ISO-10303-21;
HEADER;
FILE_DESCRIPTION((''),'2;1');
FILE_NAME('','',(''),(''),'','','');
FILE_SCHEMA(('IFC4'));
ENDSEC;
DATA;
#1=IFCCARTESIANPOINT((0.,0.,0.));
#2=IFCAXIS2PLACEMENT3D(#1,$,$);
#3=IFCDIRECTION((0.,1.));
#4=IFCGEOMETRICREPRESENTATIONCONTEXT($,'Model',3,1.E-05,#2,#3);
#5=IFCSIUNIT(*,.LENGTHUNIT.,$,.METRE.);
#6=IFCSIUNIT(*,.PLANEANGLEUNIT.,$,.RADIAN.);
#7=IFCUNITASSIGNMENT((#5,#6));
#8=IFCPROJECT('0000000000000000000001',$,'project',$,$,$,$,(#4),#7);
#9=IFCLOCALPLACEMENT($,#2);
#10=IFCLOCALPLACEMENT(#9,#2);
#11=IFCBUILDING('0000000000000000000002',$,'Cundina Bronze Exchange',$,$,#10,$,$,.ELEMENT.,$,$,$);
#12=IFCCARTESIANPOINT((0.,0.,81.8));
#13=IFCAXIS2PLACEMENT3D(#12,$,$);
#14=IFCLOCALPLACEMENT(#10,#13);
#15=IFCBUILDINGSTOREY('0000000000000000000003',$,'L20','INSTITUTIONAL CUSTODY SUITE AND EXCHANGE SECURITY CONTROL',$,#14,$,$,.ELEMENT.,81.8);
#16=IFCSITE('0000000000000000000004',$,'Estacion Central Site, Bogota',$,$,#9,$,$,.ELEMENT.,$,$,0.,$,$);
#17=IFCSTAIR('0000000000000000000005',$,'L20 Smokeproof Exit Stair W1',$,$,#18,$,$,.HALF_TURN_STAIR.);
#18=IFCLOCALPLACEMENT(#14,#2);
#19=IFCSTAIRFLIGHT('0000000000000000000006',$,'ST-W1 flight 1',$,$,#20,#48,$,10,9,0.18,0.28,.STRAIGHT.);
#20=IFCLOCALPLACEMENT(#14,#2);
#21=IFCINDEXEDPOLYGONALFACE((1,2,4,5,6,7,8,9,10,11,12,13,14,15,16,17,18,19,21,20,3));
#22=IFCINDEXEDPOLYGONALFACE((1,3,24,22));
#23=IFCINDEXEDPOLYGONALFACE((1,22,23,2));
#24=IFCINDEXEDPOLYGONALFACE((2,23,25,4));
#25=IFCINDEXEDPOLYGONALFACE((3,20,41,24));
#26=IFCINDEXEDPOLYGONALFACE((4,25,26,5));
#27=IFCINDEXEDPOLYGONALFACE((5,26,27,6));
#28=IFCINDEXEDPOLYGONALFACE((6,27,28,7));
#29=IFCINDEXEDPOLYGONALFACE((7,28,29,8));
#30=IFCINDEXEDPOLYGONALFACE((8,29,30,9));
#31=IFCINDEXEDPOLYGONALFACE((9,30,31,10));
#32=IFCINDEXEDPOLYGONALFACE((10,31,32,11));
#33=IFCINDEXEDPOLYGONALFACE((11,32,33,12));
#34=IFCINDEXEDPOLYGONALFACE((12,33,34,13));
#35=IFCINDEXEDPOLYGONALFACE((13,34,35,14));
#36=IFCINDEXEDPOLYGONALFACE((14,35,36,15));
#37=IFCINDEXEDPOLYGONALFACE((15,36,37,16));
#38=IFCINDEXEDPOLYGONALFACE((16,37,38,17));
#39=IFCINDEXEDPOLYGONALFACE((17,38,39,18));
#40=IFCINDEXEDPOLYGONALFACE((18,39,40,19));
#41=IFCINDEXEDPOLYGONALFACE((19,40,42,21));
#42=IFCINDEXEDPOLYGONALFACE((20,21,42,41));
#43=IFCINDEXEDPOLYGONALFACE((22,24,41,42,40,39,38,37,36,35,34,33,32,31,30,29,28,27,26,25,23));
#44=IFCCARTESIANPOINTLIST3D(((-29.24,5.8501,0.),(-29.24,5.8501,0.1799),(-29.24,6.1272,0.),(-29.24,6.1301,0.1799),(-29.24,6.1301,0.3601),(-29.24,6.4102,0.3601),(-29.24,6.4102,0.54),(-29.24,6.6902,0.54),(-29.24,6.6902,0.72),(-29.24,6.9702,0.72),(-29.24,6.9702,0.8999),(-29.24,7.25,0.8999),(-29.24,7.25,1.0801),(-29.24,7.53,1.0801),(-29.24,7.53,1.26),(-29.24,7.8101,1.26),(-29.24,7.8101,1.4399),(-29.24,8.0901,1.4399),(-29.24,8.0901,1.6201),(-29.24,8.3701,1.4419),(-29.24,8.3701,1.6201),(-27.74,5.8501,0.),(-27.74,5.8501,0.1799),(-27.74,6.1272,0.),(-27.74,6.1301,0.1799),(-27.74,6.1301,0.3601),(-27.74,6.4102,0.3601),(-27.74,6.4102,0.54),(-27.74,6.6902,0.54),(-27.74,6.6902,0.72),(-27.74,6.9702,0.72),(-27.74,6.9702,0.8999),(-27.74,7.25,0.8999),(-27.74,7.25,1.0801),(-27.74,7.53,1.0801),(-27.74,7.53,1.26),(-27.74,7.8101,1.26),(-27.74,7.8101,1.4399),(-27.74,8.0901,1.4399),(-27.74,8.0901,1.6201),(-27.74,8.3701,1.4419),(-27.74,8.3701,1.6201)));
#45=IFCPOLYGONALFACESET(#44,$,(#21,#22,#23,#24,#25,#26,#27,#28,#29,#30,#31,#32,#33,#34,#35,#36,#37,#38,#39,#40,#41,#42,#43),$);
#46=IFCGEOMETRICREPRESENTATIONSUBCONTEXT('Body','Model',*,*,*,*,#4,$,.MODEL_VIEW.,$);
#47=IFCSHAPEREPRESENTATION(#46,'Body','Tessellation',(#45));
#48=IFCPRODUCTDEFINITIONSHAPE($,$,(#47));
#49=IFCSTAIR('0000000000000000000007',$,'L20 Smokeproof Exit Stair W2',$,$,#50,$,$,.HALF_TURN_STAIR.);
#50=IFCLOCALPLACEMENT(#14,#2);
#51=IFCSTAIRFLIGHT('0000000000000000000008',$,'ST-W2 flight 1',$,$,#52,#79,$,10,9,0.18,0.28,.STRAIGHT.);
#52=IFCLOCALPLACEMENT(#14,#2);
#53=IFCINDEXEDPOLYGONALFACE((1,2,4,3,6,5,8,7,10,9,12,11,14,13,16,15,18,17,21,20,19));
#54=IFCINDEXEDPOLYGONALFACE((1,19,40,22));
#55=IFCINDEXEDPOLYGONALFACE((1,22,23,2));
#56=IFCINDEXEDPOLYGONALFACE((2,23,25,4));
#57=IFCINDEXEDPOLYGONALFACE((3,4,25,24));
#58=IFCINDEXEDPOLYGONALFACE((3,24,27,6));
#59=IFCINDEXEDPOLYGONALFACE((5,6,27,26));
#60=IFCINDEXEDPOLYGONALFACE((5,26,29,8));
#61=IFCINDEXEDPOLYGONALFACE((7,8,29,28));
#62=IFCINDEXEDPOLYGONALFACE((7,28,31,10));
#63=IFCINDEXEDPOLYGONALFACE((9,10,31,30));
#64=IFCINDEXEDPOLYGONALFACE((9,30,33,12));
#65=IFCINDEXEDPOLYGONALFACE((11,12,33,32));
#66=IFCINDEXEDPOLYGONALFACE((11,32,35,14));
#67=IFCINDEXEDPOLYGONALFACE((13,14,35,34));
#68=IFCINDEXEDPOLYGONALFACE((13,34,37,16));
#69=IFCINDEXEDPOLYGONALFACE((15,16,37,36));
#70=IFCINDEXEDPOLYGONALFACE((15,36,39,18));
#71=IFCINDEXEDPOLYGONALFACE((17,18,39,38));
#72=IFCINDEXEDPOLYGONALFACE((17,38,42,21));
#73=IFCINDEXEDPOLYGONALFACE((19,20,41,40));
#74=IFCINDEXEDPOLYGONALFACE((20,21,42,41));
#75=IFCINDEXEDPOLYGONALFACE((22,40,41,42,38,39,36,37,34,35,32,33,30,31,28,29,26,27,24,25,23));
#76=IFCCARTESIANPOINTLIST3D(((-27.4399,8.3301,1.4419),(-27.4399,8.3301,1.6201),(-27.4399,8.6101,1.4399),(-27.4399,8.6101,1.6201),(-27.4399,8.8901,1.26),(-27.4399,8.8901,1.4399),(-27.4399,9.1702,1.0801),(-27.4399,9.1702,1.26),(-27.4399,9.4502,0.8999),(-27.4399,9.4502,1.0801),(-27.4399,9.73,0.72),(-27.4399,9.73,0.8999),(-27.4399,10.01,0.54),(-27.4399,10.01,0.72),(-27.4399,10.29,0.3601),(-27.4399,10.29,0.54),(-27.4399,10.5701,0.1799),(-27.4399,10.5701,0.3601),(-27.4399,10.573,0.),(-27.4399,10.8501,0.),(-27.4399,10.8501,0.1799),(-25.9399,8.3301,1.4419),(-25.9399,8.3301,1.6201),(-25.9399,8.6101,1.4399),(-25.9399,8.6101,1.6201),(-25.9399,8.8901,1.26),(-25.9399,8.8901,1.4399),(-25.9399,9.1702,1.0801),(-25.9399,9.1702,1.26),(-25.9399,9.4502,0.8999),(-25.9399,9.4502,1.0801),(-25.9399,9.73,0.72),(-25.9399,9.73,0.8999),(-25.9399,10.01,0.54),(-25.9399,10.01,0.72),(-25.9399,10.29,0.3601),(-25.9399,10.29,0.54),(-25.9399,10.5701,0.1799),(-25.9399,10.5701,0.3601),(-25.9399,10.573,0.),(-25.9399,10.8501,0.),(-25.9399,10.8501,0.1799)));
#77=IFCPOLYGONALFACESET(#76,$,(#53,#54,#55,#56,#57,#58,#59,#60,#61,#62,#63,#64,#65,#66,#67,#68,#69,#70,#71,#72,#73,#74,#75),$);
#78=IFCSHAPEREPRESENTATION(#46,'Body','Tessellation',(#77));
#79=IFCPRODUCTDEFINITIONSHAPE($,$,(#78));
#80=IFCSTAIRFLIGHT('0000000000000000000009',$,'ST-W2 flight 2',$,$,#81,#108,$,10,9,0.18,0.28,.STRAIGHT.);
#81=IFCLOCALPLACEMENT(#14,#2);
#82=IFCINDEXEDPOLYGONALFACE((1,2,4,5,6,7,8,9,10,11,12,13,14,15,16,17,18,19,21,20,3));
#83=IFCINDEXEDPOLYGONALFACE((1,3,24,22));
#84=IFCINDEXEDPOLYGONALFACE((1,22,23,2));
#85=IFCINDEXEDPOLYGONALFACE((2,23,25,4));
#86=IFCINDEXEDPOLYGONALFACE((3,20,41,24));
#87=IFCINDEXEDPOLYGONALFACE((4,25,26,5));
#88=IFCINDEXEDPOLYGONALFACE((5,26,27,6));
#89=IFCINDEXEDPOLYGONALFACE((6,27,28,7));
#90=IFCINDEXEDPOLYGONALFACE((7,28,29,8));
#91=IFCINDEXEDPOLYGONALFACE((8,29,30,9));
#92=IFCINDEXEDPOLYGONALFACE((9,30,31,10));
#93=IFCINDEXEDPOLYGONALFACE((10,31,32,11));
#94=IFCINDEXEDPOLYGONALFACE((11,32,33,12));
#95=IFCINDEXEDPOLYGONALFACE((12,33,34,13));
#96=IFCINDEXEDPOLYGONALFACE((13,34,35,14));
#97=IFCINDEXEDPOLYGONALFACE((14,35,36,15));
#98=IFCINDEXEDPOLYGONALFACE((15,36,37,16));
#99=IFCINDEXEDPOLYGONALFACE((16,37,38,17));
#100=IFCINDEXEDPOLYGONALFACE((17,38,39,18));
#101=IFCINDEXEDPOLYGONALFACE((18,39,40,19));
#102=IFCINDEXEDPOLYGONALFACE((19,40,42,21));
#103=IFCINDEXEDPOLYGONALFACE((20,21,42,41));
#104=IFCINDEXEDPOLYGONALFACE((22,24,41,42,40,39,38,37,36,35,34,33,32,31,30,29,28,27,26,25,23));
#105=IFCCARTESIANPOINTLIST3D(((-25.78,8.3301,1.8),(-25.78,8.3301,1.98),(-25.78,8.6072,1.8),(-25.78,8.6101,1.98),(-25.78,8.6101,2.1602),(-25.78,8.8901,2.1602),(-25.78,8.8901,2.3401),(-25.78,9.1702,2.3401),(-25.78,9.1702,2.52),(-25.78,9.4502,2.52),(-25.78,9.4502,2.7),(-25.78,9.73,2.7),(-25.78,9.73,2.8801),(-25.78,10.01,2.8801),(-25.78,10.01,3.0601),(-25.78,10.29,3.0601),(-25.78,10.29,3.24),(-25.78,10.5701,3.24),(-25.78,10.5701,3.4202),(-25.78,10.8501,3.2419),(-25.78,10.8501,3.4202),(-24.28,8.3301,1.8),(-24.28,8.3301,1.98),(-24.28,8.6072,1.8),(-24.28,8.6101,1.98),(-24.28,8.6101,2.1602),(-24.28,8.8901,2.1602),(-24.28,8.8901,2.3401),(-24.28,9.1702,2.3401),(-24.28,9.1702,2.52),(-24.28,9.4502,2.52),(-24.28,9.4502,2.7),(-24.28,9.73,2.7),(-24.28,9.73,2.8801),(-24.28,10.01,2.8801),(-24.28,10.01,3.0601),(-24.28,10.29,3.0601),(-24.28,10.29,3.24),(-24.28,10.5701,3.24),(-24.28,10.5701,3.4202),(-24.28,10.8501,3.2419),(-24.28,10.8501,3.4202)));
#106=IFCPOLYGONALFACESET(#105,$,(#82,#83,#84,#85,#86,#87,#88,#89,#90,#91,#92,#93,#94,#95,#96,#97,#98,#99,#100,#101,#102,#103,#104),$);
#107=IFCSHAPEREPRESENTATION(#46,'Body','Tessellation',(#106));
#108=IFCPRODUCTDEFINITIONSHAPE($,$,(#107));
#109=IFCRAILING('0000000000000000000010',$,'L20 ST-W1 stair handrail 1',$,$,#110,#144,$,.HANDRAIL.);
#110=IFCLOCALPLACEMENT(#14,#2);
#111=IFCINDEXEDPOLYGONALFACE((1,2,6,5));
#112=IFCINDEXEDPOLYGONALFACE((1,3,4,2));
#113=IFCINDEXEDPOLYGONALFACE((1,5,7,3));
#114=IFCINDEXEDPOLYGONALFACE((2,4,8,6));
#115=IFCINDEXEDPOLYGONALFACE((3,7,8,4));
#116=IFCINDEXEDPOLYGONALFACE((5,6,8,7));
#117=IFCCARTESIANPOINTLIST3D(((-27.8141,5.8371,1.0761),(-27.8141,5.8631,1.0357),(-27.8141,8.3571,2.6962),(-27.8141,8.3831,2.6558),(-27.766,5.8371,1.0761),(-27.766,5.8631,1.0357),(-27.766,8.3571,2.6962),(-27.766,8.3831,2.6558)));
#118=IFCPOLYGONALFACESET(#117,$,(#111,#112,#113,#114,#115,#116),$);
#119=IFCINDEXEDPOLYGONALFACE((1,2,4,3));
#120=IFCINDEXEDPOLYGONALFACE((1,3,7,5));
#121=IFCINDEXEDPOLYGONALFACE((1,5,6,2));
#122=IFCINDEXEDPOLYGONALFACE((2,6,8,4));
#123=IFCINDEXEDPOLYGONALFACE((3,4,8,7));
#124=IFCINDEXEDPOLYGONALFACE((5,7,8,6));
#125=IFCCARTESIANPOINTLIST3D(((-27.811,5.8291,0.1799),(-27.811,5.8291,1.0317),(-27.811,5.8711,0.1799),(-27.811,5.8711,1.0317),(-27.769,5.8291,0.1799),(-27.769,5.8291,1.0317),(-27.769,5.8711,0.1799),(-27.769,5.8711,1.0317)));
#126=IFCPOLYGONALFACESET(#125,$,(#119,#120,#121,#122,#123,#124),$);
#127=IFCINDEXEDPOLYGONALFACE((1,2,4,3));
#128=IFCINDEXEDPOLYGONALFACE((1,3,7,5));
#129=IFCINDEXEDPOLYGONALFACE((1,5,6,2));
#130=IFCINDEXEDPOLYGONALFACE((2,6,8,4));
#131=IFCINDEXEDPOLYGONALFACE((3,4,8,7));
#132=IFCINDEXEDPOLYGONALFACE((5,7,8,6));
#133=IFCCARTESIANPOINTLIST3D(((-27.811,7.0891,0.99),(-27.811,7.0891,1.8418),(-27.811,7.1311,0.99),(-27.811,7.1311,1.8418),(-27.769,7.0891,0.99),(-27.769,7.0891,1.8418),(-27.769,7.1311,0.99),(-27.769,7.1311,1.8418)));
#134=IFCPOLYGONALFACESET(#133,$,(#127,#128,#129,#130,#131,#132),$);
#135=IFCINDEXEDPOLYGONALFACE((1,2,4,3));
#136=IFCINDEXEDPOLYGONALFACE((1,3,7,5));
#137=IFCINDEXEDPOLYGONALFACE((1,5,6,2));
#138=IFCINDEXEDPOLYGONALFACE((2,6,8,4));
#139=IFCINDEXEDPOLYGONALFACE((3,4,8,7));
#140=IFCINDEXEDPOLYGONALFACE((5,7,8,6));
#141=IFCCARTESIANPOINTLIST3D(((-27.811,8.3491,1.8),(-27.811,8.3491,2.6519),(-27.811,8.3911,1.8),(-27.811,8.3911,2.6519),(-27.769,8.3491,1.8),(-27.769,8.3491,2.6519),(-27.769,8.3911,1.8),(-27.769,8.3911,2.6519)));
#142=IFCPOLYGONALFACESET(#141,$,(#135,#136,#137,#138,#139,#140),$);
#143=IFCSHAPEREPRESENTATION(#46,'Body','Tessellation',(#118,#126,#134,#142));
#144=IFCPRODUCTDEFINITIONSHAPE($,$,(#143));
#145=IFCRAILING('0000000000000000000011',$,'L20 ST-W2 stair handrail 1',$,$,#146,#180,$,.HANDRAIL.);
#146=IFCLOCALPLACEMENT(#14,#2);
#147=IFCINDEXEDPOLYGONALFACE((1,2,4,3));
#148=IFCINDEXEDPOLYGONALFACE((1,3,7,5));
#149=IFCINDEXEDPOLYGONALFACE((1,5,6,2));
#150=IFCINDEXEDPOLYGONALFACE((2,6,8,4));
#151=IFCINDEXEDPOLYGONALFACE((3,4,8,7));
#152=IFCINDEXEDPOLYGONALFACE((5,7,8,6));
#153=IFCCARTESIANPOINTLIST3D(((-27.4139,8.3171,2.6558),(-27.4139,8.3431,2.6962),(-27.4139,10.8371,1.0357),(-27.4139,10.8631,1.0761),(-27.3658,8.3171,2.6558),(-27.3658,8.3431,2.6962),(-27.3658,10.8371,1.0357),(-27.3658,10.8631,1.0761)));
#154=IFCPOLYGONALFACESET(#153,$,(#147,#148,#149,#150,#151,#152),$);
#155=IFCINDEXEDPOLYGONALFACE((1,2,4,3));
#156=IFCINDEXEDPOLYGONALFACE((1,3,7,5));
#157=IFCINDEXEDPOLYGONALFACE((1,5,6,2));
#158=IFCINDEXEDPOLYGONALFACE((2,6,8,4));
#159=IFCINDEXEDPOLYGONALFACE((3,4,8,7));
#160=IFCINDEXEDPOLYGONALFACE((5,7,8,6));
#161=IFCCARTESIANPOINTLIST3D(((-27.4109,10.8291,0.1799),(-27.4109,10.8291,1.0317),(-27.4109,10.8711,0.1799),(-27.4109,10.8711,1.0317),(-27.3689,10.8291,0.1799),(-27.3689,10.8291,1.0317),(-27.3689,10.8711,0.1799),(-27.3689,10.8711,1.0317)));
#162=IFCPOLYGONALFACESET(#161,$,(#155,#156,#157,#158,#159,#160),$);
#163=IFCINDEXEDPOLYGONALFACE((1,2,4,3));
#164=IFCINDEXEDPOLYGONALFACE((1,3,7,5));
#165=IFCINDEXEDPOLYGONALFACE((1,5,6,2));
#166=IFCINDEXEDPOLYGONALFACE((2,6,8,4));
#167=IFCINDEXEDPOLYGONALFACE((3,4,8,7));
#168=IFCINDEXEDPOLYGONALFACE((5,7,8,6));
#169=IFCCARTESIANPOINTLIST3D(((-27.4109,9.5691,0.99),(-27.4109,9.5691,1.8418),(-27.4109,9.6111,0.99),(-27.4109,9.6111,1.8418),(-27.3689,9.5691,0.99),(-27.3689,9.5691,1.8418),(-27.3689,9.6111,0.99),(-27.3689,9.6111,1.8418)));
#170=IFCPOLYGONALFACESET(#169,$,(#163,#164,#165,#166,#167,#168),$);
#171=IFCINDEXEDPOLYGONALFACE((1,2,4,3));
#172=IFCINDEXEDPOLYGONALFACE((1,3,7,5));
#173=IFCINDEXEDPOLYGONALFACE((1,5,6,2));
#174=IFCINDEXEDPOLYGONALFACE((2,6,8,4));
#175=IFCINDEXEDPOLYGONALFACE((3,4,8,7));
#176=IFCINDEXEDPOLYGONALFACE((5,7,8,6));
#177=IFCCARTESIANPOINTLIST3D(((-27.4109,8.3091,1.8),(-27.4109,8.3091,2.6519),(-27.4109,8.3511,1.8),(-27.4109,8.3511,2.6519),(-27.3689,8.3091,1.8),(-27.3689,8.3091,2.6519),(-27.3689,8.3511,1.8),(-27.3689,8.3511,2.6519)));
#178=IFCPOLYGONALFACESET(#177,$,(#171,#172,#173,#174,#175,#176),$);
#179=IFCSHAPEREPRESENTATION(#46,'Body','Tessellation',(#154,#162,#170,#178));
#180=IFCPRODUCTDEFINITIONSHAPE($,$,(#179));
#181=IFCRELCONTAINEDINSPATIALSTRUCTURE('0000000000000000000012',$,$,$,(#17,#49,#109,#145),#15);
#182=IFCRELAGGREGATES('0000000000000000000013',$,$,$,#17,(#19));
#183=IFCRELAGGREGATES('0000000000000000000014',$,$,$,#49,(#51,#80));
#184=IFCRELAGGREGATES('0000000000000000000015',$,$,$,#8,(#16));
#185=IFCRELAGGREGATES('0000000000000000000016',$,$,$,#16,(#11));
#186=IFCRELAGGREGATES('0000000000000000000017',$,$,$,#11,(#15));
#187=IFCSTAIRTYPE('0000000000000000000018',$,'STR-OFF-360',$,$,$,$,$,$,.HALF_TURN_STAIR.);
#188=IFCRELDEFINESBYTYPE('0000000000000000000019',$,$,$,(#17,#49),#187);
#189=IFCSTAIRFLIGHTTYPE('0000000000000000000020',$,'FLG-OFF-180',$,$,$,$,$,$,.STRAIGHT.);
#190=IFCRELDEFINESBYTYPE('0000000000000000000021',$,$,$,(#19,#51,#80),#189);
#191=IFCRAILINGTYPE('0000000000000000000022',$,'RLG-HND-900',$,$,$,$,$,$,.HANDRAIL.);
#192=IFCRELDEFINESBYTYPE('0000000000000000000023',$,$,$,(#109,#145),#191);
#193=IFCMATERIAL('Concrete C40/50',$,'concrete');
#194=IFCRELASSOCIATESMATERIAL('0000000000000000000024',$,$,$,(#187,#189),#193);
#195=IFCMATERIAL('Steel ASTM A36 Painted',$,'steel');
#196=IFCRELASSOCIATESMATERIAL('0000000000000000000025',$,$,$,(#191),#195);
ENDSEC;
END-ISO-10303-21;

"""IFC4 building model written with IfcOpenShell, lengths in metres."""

from ifc_helpers import new_model, si_unit, direction, frame, origin, origin_2d, place, context, subcontext, project, spatial, polyline, rectangle, outline, extrude, material, type_object, element, aggregate, save


model = new_model("IFC4")

# Units and contexts
model_context = context("Model", 3, precision=1e-05, world=origin(), true_north=direction((0.0, 1.0)))
body_context = subcontext(model_context, "Body", "Model", "MODEL_VIEW")
ifc_project = project(units=[si_unit("LENGTHUNIT", "METRE"), si_unit("PLANEANGLEUNIT", "RADIAN")], contexts=[model_context])

# Site, building, storey
site_placement = place(None, origin())
site = spatial("IfcSite", under=ifc_project, at=site_placement, Name="Estacion Central Site, Bogota", CompositionType="ELEMENT", RefElevation=0.0)
building_placement = place(site_placement, origin())
building = spatial("IfcBuilding", under=site, at=building_placement, Name="Cundina Bronze Exchange", CompositionType="ELEMENT")
storey_placement = place(building_placement, frame((0.0, 0.0, 81.8)))
storey = spatial("IfcBuildingStorey", under=building, at=storey_placement, Name="L20", Description="INSTITUTIONAL CUSTODY SUITE AND EXCHANGE SECURITY CONTROL", CompositionType="ELEMENT", Elevation=81.8)

# Shared definitions
ifc_material_1 = material(Name="Steel ASTM A36 Painted", Category="steel")

# Stair, stair flight
ifc_material_2 = material(Name="Concrete C40/50", Category="concrete")
stair_type = type_object("IfcStairType", Name="STR-OFF-360", PredefinedType="HALF_TURN_STAIR", material=ifc_material_2)
stair_1_placement = place(storey_placement, origin())
stair_1 = element("IfcStair", 1, at=stair_1_placement, inside=storey, type_object=stair_type, Name="L20 Smokeproof Exit Stair W1", PredefinedType="HALF_TURN_STAIR")
stair_flight_type = type_object("IfcStairFlightType", Name="FLG-OFF-180", PredefinedType="STRAIGHT", material=ifc_material_2)
stair_flight_1_placement = place(storey_placement, frame((-28.49, 5.8501, 0.0), z_axis=(0.0, 0.0, 1.0), x_axis=(0.0, 1.0, 0.0)))
stair_flight_1 = element("IfcStairFlight", 2, at=stair_flight_1_placement, type_object=stair_flight_type, Name="ST-W1 flight 1", NumberOfRisers=10, NumberOfTreads=9, PredefinedType="STRAIGHT", RiserHeight=0.18, TreadLength=0.28, context=body_context, shape_type="SweptSolid", body=[
    extrude(outline(polyline([(0.0, 0.0), (0.0, 0.1799), (0.28, 0.1799), (0.28, 0.3601), (0.5601, 0.3601), (0.5601, 0.54), (0.8401, 0.54), (0.8401, 0.72), (1.1201, 0.72), (1.1201, 0.8999), (1.3999, 0.8999), (1.3999, 1.0801), (1.6799, 1.0801), (1.6799, 1.26), (1.96, 1.26), (1.96, 1.4399), (2.24, 1.4399), (2.24, 1.6201), (2.52, 1.6201), (2.52, 1.8), (2.52, 1.4419), (0.2771, 0.0), (0.0, 0.0)])), frame((0.0, 0.75, 0.0), z_axis=(0.0, -1.0, 0.0), x_axis=(1.0, 0.0, 0.0)), (0.0, 0.0, 1.0), 1.5),
])
aggregate(stair_1, [stair_flight_1])

# Stair, stair flights
stair_2_placement = place(storey_placement, origin())
stair_2 = element("IfcStair", 3, at=stair_2_placement, inside=storey, type_object=stair_type, Name="L20 Smokeproof Exit Stair W2", PredefinedType="HALF_TURN_STAIR")
stair_flight_2_placement = place(storey_placement, frame((-26.6899, 10.8501, 0.0), z_axis=(0.0, 0.0, 1.0), x_axis=(0.0, -1.0, 0.0)))
stair_flight_2 = element("IfcStairFlight", 4, at=stair_flight_2_placement, type_object=stair_flight_type, Name="ST-W2 flight 1", NumberOfRisers=10, NumberOfTreads=9, PredefinedType="STRAIGHT", RiserHeight=0.18, TreadLength=0.28, context=body_context, shape_type="SweptSolid", body=[
    extrude(outline(polyline([(0.0, 0.0), (0.0, 0.1799), (0.28, 0.1799), (0.28, 0.3601), (0.5601, 0.3601), (0.5601, 0.54), (0.8401, 0.54), (0.8401, 0.72), (1.1201, 0.72), (1.1201, 0.8999), (1.3999, 0.8999), (1.3999, 1.0801), (1.6799, 1.0801), (1.6799, 1.26), (1.96, 1.26), (1.96, 1.4399), (2.24, 1.4399), (2.24, 1.6201), (2.52, 1.6201), (2.52, 1.8), (2.52, 1.4419), (0.2771, 0.0), (0.0, 0.0)])), frame((0.0, 0.75, 0.0), z_axis=(0.0, -1.0, 0.0), x_axis=(1.0, 0.0, 0.0)), (0.0, 0.0, 1.0), 1.5),
])
stair_flight_3_placement = place(storey_placement, frame((-25.03, 8.3301, 1.8), z_axis=(0.0, 0.0, 1.0), x_axis=(0.0, 1.0, 0.0)))
stair_flight_3 = element("IfcStairFlight", 5, at=stair_flight_3_placement, type_object=stair_flight_type, Name="ST-W2 flight 2", NumberOfRisers=10, NumberOfTreads=9, PredefinedType="STRAIGHT", RiserHeight=0.18, TreadLength=0.28, context=body_context, shape_type="SweptSolid", body=[
    extrude(outline(polyline([(0.0, 0.0), (0.0, 0.1799), (0.28, 0.1799), (0.28, 0.3601), (0.5601, 0.3601), (0.5601, 0.54), (0.8401, 0.54), (0.8401, 0.72), (1.1201, 0.72), (1.1201, 0.8999), (1.3999, 0.8999), (1.3999, 1.0801), (1.6799, 1.0801), (1.6799, 1.26), (1.96, 1.26), (1.96, 1.4399), (2.24, 1.4399), (2.24, 1.6201), (2.52, 1.6201), (2.52, 1.8), (2.52, 1.4419), (0.2771, 0.0), (0.0, 0.0)])), frame((0.0, 0.75, 0.0), z_axis=(0.0, -1.0, 0.0), x_axis=(1.0, 0.0, 0.0)), (0.0, 0.0, 1.0), 1.5),
])
aggregate(stair_2, [stair_flight_2, stair_flight_3])

# Railings
railing_type_1 = type_object("IfcRailingType", Name="RLG-HND-900", PredefinedType="HANDRAIL", material=ifc_material_1)
railing_1_placement = place(storey_placement, frame((-27.79, 5.8501, 0.1799)))
element("IfcRailing", 6, at=railing_1_placement, inside=storey, type_object=railing_type_1, Name="L20 ST-W1 stair handrail 1", PredefinedType="HANDRAIL", context=body_context, shape_type="SweptSolid", body=[
    extrude(rectangle(XDim=0.0481, YDim=0.0481, at=origin_2d()), frame((0.0, 0.0, 0.876), z_axis=(0.0, 0.841163, 0.540782), x_axis=(-1.0, 0.0, 0.0)), (0.0, 0.0, 1.0), 2.9958),
    extrude(rectangle(XDim=0.042, YDim=0.042, at=origin_2d()), origin(), (0.0, 0.0, 1.0), 0.8518),
    extrude(rectangle(XDim=0.042, YDim=0.042, at=origin_2d()), frame((0.0, 1.26, 0.8101)), (0.0, 0.0, 1.0), 0.8518),
    extrude(rectangle(XDim=0.042, YDim=0.042, at=origin_2d()), frame((0.0, 2.52, 1.6201)), (0.0, 0.0, 1.0), 0.8518),
])
railing_2_placement = place(storey_placement, frame((-27.3899, 10.8501, 0.1799)))
element("IfcRailing", 7, at=railing_2_placement, inside=storey, type_object=railing_type_1, Name="L20 ST-W2 stair handrail 1", PredefinedType="HANDRAIL", context=body_context, shape_type="SweptSolid", body=[
    extrude(rectangle(XDim=0.0481, YDim=0.0481, at=origin_2d()), frame((0.0, 0.0, 0.876), z_axis=(0.0, -0.841163, 0.540782), x_axis=(1.0, 0.0, 0.0)), (0.0, 0.0, 1.0), 2.9958),
    extrude(rectangle(XDim=0.042, YDim=0.042, at=origin_2d()), origin(), (0.0, 0.0, 1.0), 0.8518),
    extrude(rectangle(XDim=0.042, YDim=0.042, at=origin_2d()), frame((0.0, -1.26, 0.8101)), (0.0, 0.0, 1.0), 0.8518),
    extrude(rectangle(XDim=0.042, YDim=0.042, at=origin_2d()), frame((0.0, -2.52, 1.6201)), (0.0, 0.0, 1.0), 0.8518),
])

save(model, "model.ifc")
